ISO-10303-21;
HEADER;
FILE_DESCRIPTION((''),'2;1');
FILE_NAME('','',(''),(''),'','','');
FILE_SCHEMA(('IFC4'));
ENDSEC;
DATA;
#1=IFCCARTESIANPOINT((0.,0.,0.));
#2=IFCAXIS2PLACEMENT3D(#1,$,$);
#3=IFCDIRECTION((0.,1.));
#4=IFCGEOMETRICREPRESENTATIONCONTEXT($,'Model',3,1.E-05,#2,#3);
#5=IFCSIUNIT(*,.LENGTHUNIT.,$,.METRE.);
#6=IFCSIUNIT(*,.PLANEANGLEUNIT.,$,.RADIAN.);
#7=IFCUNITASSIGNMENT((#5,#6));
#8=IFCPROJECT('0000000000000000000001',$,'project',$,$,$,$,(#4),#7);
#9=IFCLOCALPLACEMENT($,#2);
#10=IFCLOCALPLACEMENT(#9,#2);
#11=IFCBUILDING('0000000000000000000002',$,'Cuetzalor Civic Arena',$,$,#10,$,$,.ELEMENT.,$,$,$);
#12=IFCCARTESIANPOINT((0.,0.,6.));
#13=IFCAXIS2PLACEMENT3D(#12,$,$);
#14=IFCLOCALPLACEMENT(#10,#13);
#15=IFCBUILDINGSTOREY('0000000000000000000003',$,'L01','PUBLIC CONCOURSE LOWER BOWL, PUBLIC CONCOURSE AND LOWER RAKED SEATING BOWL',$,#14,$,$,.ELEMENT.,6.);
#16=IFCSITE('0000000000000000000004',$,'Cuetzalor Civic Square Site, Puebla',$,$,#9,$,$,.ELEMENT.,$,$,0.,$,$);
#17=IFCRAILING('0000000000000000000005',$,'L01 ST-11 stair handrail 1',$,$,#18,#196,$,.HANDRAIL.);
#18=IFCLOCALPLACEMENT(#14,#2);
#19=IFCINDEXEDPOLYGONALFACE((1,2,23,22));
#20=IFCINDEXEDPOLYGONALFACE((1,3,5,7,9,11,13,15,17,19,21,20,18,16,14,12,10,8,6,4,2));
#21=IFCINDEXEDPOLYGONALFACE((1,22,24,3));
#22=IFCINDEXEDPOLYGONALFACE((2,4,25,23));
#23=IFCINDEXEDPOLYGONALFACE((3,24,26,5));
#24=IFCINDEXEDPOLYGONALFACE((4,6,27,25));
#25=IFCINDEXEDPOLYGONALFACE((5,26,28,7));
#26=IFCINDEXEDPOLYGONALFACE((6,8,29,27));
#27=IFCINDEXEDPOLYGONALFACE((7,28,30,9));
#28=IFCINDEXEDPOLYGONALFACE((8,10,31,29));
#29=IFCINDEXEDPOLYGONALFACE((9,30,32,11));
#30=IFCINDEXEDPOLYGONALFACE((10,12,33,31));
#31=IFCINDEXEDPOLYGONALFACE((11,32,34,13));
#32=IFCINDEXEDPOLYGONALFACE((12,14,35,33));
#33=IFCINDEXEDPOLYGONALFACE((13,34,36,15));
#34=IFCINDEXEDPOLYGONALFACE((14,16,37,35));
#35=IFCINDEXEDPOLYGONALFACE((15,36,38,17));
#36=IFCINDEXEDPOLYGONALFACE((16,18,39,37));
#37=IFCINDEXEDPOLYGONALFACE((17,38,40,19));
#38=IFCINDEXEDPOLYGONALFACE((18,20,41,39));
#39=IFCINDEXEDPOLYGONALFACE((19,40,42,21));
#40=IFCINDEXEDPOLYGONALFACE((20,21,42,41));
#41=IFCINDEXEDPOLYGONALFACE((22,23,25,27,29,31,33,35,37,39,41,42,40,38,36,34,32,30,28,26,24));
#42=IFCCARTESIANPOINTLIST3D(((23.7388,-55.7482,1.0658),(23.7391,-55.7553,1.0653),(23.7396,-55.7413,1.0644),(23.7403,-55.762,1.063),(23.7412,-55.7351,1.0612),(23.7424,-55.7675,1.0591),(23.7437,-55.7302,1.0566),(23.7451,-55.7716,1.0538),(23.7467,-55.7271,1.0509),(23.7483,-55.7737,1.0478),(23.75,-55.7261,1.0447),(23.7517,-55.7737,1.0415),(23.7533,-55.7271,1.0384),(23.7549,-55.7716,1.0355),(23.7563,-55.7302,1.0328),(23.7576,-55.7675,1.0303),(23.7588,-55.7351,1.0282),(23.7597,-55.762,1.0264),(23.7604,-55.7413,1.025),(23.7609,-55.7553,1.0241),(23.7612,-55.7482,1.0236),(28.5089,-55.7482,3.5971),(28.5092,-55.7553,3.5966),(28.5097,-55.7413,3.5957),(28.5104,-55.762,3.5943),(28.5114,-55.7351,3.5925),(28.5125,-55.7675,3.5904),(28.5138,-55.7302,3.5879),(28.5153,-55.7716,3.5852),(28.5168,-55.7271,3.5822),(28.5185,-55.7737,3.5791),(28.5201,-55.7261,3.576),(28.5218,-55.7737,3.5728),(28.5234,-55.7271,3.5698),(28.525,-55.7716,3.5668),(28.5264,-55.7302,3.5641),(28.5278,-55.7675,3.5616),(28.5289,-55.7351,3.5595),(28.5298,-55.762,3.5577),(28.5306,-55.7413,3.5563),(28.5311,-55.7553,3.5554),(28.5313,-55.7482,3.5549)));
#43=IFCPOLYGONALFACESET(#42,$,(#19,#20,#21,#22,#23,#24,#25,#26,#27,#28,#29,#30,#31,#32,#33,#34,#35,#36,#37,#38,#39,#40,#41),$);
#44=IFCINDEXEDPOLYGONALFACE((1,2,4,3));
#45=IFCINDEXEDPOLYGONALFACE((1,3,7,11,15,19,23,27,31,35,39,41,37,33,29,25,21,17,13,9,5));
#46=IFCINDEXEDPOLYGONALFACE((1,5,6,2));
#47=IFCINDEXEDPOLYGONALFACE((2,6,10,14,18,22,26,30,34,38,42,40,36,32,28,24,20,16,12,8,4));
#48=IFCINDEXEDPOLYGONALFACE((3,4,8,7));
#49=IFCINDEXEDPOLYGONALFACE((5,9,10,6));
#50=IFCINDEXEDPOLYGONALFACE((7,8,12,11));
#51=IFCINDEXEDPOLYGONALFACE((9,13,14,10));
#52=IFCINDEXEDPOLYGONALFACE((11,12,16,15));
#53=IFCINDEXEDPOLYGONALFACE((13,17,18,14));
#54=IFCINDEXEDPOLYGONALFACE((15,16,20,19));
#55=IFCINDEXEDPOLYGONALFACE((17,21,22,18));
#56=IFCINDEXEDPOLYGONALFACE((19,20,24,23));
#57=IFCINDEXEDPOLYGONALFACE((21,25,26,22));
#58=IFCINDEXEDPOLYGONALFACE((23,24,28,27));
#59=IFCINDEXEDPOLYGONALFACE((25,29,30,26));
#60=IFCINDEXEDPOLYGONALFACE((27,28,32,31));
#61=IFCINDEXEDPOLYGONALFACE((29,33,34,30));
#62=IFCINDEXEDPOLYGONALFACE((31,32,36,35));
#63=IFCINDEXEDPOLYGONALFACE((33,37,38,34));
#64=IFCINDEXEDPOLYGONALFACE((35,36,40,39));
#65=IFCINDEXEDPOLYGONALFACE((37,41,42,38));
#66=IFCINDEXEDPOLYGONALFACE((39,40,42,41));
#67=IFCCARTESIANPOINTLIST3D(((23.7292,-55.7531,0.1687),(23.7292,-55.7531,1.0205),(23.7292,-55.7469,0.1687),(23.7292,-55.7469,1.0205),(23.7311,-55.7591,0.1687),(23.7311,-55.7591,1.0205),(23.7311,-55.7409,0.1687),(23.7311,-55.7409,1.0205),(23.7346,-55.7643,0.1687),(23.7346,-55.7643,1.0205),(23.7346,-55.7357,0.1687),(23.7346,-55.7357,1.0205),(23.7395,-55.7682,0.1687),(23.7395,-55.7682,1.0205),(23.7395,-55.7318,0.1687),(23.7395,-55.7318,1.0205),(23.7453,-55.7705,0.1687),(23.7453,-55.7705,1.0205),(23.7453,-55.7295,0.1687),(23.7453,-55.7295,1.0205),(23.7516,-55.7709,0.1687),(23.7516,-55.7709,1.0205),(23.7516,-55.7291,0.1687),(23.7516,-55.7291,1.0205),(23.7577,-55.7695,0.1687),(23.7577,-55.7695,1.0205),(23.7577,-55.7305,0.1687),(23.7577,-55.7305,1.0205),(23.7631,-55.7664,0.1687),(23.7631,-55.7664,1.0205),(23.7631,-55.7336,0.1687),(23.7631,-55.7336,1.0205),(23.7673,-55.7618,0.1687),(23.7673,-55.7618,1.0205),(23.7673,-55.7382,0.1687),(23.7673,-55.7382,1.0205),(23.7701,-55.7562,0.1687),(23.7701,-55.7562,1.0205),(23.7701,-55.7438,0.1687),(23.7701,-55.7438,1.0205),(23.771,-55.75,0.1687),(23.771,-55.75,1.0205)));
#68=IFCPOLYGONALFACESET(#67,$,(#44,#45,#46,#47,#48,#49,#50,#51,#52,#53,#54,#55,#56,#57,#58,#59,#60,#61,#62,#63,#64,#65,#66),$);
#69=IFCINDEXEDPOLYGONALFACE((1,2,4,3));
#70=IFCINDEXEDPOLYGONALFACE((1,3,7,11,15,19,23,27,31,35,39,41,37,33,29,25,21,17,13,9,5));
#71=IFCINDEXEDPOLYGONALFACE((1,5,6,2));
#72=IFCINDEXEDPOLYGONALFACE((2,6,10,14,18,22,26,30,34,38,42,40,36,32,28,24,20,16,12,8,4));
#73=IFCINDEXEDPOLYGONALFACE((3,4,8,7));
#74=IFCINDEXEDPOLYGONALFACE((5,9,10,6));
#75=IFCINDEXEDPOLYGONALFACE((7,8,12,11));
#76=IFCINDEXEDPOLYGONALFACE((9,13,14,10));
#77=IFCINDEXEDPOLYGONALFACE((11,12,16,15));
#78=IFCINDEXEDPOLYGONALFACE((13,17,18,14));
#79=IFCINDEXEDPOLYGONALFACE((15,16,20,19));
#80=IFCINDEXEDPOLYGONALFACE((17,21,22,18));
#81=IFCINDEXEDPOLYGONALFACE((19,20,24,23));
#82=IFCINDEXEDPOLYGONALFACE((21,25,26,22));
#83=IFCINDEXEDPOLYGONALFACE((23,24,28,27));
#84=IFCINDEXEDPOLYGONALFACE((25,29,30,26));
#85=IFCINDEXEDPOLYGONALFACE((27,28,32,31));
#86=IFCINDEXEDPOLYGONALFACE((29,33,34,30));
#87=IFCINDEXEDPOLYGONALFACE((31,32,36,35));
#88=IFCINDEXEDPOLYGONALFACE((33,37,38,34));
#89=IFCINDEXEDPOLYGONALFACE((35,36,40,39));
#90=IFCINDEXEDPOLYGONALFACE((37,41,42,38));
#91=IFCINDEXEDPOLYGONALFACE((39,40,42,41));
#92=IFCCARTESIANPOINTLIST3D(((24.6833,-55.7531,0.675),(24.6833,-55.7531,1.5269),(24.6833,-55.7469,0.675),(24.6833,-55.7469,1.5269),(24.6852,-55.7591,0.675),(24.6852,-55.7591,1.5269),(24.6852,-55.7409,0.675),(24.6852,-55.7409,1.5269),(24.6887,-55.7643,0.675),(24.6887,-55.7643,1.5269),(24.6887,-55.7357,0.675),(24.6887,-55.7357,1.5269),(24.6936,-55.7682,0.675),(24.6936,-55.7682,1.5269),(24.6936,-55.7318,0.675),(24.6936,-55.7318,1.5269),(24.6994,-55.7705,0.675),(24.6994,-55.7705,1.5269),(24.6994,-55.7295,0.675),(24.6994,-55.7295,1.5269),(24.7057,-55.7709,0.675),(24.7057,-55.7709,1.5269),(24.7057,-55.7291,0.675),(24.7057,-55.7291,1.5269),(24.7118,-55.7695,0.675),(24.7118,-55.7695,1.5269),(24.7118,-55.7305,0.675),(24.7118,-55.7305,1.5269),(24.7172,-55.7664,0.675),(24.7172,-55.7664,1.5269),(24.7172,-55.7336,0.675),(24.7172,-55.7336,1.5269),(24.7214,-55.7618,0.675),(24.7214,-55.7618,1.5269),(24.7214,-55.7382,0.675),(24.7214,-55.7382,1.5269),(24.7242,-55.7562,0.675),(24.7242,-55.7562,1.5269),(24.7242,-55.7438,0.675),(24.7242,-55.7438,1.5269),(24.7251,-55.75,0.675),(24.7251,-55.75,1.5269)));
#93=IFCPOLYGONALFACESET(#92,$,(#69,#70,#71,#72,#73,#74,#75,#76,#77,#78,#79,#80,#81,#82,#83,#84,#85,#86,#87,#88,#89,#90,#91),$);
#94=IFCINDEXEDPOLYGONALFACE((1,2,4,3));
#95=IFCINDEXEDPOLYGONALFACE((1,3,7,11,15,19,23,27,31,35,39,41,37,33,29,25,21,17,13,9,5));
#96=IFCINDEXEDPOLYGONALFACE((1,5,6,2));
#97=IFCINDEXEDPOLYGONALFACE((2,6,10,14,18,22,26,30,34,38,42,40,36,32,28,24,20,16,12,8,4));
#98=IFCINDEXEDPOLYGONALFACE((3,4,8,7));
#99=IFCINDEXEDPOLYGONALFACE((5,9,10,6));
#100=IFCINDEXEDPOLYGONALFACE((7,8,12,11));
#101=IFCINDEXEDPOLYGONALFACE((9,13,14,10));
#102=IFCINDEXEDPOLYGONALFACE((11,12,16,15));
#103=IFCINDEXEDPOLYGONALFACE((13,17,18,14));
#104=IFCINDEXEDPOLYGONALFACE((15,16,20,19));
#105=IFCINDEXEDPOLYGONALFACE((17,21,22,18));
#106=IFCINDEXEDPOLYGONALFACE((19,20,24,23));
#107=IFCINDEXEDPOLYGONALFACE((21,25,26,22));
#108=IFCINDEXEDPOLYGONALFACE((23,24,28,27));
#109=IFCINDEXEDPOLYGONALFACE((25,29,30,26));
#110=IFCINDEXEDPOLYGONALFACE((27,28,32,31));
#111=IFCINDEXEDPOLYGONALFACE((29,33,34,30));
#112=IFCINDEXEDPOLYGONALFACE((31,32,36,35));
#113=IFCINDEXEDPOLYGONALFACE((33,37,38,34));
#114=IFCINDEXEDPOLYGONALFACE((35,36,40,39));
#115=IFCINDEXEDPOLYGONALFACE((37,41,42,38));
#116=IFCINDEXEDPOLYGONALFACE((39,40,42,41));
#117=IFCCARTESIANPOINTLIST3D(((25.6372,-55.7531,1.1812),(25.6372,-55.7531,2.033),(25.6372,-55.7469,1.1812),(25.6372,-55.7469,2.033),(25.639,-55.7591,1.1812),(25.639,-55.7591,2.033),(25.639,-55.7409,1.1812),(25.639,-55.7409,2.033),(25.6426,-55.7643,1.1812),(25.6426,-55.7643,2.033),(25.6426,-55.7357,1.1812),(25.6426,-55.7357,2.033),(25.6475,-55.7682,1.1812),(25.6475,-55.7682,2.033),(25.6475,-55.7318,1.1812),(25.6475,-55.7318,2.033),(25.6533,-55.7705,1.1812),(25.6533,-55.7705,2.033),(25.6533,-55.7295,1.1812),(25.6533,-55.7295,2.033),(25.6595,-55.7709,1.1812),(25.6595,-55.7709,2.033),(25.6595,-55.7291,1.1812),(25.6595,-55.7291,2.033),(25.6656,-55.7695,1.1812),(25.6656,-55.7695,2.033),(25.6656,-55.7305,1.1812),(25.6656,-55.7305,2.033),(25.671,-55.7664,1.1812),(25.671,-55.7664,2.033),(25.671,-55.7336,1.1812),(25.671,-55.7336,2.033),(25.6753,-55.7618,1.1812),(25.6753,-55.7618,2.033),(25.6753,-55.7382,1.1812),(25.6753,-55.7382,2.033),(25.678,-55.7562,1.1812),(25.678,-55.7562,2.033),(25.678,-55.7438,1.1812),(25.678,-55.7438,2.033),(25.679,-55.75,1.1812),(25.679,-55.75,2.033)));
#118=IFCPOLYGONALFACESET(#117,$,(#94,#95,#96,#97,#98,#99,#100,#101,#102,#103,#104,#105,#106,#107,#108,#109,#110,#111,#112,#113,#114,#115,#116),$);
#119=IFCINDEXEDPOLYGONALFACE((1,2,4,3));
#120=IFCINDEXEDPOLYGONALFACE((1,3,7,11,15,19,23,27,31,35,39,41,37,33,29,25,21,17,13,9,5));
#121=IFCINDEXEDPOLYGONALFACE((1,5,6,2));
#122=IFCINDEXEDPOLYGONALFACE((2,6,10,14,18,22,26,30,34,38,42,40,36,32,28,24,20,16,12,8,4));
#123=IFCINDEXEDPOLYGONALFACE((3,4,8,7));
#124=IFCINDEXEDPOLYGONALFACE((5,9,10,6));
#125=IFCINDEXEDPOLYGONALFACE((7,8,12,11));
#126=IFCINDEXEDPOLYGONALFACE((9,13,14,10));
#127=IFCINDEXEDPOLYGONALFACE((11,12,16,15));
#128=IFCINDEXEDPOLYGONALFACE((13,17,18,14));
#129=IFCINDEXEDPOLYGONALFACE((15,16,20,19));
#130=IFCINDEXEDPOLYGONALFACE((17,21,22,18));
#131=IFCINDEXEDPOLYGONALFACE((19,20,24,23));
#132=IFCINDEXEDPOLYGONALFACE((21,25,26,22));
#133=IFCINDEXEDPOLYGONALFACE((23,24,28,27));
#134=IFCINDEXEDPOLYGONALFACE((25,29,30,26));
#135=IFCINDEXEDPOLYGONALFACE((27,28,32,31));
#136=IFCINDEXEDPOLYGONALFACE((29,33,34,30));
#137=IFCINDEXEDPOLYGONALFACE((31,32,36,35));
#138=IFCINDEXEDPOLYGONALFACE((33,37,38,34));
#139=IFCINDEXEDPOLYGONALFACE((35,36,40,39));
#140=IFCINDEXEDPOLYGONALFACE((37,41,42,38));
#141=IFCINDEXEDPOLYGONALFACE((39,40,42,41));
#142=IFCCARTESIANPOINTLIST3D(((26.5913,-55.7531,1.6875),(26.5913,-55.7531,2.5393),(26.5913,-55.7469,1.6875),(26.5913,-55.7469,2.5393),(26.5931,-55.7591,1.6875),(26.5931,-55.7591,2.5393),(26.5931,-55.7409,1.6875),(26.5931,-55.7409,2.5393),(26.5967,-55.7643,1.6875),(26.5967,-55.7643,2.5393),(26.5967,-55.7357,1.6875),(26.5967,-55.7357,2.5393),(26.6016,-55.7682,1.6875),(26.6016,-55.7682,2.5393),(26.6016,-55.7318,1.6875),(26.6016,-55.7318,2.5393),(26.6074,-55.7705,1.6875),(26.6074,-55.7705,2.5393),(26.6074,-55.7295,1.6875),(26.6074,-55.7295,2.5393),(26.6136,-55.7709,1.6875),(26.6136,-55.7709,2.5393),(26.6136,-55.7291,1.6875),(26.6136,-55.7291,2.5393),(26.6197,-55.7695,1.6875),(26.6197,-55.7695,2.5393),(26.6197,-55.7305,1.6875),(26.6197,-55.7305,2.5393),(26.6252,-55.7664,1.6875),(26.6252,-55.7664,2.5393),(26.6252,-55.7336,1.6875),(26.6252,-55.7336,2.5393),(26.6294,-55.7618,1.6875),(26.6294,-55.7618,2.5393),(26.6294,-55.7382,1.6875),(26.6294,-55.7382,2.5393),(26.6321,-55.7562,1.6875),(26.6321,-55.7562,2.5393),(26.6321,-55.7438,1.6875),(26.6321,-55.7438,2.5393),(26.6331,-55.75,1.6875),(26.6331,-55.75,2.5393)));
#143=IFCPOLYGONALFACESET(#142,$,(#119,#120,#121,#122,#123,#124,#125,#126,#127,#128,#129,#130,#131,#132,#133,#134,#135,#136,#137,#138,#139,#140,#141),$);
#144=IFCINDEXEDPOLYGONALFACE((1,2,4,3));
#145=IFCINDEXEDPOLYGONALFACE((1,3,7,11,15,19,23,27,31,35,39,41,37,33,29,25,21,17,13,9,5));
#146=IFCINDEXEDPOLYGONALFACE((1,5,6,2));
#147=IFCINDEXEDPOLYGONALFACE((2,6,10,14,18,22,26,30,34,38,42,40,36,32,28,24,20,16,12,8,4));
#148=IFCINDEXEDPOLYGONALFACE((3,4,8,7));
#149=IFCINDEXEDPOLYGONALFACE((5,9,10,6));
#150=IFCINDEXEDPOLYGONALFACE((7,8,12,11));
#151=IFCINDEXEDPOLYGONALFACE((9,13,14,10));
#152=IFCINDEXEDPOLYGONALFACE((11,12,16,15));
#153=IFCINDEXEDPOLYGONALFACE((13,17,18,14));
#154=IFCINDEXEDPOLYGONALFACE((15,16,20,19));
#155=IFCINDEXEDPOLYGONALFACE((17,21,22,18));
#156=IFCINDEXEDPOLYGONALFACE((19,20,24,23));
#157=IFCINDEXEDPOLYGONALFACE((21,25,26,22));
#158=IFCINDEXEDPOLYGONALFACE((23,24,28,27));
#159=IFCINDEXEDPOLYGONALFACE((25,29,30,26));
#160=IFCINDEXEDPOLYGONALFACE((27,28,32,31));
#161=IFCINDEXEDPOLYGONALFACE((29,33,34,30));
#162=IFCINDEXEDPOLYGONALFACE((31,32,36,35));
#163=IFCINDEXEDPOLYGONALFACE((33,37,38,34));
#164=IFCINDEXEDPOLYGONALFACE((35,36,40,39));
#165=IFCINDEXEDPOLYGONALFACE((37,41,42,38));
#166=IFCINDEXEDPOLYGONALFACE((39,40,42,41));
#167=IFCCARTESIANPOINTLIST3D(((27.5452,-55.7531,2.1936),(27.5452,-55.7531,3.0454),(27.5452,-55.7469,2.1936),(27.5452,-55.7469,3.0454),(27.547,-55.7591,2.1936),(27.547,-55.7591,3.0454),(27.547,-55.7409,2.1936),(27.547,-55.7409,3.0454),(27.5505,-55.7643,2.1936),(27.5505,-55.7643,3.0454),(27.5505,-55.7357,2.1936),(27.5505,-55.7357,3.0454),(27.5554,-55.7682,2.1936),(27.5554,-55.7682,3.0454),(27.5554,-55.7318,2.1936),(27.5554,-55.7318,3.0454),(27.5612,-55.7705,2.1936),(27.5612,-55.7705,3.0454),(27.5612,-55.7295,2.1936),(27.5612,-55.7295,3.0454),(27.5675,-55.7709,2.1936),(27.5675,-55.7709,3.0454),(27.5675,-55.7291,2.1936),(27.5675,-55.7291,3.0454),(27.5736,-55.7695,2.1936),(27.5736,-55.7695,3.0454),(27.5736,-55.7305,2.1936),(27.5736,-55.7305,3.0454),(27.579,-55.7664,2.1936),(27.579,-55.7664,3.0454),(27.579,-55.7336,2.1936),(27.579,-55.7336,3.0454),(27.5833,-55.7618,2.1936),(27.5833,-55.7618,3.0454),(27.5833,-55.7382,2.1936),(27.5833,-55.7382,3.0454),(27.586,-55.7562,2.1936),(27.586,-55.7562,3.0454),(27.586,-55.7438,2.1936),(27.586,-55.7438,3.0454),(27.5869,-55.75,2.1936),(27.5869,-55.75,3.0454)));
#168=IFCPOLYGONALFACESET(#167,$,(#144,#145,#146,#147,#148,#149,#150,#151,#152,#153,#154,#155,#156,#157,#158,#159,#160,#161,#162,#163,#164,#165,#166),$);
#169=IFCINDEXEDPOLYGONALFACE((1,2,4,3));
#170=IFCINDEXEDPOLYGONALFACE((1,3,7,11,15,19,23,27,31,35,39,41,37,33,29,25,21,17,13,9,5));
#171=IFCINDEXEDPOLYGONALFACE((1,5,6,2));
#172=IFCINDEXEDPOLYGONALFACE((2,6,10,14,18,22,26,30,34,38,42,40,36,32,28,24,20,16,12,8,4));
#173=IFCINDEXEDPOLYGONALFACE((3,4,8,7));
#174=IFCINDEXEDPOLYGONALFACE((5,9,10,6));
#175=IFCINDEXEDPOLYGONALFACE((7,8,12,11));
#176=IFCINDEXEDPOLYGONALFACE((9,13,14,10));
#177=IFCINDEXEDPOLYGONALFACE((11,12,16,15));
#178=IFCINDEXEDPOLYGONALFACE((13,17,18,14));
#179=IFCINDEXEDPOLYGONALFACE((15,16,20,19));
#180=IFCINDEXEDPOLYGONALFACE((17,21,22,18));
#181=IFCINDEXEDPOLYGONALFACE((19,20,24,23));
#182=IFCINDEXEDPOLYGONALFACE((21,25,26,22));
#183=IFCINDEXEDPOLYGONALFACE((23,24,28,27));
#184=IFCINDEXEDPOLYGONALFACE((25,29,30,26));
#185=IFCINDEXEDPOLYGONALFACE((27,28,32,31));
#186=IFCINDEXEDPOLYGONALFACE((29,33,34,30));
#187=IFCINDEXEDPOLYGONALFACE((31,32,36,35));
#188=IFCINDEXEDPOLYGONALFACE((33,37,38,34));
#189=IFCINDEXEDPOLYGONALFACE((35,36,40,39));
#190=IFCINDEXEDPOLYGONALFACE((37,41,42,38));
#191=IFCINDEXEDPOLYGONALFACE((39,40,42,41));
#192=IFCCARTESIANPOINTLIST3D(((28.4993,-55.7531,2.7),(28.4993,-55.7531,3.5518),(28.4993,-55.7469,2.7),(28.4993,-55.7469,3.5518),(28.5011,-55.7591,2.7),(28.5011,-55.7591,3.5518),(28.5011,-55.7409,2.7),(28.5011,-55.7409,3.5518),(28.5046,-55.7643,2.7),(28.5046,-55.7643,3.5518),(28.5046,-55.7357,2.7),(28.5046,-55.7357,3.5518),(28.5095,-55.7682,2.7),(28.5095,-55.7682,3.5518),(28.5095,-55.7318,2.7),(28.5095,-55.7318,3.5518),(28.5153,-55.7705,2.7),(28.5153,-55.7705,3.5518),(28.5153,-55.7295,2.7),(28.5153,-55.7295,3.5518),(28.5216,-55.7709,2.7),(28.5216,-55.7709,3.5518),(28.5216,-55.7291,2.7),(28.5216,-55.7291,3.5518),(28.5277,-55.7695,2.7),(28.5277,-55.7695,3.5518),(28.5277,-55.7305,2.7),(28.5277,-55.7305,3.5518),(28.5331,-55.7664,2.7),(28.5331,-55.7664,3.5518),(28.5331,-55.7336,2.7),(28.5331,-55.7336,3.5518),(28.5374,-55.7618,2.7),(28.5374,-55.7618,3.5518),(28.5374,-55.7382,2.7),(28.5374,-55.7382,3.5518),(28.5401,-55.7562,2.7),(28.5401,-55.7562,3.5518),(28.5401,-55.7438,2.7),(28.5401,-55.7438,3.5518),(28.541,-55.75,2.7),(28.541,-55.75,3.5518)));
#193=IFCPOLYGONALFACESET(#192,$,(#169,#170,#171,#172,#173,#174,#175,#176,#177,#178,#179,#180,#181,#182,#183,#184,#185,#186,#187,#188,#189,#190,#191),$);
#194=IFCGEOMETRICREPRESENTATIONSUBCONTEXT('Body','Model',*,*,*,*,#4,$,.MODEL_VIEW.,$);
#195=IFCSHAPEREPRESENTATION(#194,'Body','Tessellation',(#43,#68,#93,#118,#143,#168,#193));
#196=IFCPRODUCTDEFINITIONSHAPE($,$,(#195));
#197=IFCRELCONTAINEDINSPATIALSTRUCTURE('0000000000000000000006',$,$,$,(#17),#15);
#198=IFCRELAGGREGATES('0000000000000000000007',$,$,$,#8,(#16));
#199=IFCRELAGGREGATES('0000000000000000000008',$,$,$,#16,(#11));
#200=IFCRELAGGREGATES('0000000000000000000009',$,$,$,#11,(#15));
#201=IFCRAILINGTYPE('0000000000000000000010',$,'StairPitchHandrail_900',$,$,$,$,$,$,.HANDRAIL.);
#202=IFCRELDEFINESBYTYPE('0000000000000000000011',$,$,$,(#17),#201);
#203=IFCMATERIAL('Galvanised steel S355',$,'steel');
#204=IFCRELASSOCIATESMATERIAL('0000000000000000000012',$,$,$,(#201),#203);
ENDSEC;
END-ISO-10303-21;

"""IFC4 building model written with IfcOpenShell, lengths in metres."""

from ifc_helpers import new_model, si_unit, direction, frame, origin, origin_2d, place, context, subcontext, project, spatial, circle, extrude, material, type_object, element, save


model = new_model("IFC4")

# Units and contexts
model_context = context("Model", 3, precision=1e-05, world=origin(), true_north=direction((0.0, 1.0)))
body_context = subcontext(model_context, "Body", "Model", "MODEL_VIEW")
ifc_project = project(units=[si_unit("LENGTHUNIT", "METRE"), si_unit("PLANEANGLEUNIT", "RADIAN")], contexts=[model_context])

# Site, building, storey
site_placement = place(None, origin())
site = spatial("IfcSite", under=ifc_project, at=site_placement, Name="Cuetzalor Civic Square Site, Puebla", CompositionType="ELEMENT", RefElevation=0.0)
building_placement = place(site_placement, origin())
building = spatial("IfcBuilding", under=site, at=building_placement, Name="Cuetzalor Civic Arena", CompositionType="ELEMENT")
storey_placement = place(building_placement, frame((0.0, 0.0, 6.0)))
storey = spatial("IfcBuildingStorey", under=building, at=storey_placement, Name="L01", Description="PUBLIC CONCOURSE LOWER BOWL, PUBLIC CONCOURSE AND LOWER RAKED SEATING BOWL", CompositionType="ELEMENT", Elevation=6.0)

# Railing
ifc_material_1 = material(Name="Galvanised steel S355", Category="steel")
railing_type_1 = type_object("IfcRailingType", Name="StairPitchHandrail_900", PredefinedType="HANDRAIL", material=ifc_material_1)
railing_1_placement = place(storey_placement, frame((23.75, -55.75, 0.1687)))
element("IfcRailing", 1, at=railing_1_placement, inside=storey, type_object=railing_type_1, Name="L01 ST-11 stair handrail 1", PredefinedType="HANDRAIL", context=body_context, shape_type="SweptSolid", body=[
    extrude(circle(Radius=0.0239, at=origin_2d()), frame((0.0, 0.0, 0.876), z_axis=(0.883332, 0.0, 0.468747), x_axis=(0.0, 1.0, 0.0)), (0.0, 0.0, 1.0), 5.4001),
    extrude(circle(Radius=0.021, at=origin_2d()), origin(), (0.0, 0.0, 1.0), 0.8518),
    extrude(circle(Radius=0.021, at=origin_2d()), frame((0.9541, 0.0, 0.5063)), (0.0, 0.0, 1.0), 0.8518),
    extrude(circle(Radius=0.021, at=origin_2d()), frame((1.908, 0.0, 1.0125)), (0.0, 0.0, 1.0), 0.8518),
    extrude(circle(Radius=0.021, at=origin_2d()), frame((2.8621, 0.0, 1.5188)), (0.0, 0.0, 1.0), 0.8518),
    extrude(circle(Radius=0.021, at=origin_2d()), frame((3.8159, 0.0, 2.0249)), (0.0, 0.0, 1.0), 0.8518),
    extrude(circle(Radius=0.021, at=origin_2d()), frame((4.77, 0.0, 2.5312)), (0.0, 0.0, 1.0), 0.8518),
])

save(model, "model.ifc")
